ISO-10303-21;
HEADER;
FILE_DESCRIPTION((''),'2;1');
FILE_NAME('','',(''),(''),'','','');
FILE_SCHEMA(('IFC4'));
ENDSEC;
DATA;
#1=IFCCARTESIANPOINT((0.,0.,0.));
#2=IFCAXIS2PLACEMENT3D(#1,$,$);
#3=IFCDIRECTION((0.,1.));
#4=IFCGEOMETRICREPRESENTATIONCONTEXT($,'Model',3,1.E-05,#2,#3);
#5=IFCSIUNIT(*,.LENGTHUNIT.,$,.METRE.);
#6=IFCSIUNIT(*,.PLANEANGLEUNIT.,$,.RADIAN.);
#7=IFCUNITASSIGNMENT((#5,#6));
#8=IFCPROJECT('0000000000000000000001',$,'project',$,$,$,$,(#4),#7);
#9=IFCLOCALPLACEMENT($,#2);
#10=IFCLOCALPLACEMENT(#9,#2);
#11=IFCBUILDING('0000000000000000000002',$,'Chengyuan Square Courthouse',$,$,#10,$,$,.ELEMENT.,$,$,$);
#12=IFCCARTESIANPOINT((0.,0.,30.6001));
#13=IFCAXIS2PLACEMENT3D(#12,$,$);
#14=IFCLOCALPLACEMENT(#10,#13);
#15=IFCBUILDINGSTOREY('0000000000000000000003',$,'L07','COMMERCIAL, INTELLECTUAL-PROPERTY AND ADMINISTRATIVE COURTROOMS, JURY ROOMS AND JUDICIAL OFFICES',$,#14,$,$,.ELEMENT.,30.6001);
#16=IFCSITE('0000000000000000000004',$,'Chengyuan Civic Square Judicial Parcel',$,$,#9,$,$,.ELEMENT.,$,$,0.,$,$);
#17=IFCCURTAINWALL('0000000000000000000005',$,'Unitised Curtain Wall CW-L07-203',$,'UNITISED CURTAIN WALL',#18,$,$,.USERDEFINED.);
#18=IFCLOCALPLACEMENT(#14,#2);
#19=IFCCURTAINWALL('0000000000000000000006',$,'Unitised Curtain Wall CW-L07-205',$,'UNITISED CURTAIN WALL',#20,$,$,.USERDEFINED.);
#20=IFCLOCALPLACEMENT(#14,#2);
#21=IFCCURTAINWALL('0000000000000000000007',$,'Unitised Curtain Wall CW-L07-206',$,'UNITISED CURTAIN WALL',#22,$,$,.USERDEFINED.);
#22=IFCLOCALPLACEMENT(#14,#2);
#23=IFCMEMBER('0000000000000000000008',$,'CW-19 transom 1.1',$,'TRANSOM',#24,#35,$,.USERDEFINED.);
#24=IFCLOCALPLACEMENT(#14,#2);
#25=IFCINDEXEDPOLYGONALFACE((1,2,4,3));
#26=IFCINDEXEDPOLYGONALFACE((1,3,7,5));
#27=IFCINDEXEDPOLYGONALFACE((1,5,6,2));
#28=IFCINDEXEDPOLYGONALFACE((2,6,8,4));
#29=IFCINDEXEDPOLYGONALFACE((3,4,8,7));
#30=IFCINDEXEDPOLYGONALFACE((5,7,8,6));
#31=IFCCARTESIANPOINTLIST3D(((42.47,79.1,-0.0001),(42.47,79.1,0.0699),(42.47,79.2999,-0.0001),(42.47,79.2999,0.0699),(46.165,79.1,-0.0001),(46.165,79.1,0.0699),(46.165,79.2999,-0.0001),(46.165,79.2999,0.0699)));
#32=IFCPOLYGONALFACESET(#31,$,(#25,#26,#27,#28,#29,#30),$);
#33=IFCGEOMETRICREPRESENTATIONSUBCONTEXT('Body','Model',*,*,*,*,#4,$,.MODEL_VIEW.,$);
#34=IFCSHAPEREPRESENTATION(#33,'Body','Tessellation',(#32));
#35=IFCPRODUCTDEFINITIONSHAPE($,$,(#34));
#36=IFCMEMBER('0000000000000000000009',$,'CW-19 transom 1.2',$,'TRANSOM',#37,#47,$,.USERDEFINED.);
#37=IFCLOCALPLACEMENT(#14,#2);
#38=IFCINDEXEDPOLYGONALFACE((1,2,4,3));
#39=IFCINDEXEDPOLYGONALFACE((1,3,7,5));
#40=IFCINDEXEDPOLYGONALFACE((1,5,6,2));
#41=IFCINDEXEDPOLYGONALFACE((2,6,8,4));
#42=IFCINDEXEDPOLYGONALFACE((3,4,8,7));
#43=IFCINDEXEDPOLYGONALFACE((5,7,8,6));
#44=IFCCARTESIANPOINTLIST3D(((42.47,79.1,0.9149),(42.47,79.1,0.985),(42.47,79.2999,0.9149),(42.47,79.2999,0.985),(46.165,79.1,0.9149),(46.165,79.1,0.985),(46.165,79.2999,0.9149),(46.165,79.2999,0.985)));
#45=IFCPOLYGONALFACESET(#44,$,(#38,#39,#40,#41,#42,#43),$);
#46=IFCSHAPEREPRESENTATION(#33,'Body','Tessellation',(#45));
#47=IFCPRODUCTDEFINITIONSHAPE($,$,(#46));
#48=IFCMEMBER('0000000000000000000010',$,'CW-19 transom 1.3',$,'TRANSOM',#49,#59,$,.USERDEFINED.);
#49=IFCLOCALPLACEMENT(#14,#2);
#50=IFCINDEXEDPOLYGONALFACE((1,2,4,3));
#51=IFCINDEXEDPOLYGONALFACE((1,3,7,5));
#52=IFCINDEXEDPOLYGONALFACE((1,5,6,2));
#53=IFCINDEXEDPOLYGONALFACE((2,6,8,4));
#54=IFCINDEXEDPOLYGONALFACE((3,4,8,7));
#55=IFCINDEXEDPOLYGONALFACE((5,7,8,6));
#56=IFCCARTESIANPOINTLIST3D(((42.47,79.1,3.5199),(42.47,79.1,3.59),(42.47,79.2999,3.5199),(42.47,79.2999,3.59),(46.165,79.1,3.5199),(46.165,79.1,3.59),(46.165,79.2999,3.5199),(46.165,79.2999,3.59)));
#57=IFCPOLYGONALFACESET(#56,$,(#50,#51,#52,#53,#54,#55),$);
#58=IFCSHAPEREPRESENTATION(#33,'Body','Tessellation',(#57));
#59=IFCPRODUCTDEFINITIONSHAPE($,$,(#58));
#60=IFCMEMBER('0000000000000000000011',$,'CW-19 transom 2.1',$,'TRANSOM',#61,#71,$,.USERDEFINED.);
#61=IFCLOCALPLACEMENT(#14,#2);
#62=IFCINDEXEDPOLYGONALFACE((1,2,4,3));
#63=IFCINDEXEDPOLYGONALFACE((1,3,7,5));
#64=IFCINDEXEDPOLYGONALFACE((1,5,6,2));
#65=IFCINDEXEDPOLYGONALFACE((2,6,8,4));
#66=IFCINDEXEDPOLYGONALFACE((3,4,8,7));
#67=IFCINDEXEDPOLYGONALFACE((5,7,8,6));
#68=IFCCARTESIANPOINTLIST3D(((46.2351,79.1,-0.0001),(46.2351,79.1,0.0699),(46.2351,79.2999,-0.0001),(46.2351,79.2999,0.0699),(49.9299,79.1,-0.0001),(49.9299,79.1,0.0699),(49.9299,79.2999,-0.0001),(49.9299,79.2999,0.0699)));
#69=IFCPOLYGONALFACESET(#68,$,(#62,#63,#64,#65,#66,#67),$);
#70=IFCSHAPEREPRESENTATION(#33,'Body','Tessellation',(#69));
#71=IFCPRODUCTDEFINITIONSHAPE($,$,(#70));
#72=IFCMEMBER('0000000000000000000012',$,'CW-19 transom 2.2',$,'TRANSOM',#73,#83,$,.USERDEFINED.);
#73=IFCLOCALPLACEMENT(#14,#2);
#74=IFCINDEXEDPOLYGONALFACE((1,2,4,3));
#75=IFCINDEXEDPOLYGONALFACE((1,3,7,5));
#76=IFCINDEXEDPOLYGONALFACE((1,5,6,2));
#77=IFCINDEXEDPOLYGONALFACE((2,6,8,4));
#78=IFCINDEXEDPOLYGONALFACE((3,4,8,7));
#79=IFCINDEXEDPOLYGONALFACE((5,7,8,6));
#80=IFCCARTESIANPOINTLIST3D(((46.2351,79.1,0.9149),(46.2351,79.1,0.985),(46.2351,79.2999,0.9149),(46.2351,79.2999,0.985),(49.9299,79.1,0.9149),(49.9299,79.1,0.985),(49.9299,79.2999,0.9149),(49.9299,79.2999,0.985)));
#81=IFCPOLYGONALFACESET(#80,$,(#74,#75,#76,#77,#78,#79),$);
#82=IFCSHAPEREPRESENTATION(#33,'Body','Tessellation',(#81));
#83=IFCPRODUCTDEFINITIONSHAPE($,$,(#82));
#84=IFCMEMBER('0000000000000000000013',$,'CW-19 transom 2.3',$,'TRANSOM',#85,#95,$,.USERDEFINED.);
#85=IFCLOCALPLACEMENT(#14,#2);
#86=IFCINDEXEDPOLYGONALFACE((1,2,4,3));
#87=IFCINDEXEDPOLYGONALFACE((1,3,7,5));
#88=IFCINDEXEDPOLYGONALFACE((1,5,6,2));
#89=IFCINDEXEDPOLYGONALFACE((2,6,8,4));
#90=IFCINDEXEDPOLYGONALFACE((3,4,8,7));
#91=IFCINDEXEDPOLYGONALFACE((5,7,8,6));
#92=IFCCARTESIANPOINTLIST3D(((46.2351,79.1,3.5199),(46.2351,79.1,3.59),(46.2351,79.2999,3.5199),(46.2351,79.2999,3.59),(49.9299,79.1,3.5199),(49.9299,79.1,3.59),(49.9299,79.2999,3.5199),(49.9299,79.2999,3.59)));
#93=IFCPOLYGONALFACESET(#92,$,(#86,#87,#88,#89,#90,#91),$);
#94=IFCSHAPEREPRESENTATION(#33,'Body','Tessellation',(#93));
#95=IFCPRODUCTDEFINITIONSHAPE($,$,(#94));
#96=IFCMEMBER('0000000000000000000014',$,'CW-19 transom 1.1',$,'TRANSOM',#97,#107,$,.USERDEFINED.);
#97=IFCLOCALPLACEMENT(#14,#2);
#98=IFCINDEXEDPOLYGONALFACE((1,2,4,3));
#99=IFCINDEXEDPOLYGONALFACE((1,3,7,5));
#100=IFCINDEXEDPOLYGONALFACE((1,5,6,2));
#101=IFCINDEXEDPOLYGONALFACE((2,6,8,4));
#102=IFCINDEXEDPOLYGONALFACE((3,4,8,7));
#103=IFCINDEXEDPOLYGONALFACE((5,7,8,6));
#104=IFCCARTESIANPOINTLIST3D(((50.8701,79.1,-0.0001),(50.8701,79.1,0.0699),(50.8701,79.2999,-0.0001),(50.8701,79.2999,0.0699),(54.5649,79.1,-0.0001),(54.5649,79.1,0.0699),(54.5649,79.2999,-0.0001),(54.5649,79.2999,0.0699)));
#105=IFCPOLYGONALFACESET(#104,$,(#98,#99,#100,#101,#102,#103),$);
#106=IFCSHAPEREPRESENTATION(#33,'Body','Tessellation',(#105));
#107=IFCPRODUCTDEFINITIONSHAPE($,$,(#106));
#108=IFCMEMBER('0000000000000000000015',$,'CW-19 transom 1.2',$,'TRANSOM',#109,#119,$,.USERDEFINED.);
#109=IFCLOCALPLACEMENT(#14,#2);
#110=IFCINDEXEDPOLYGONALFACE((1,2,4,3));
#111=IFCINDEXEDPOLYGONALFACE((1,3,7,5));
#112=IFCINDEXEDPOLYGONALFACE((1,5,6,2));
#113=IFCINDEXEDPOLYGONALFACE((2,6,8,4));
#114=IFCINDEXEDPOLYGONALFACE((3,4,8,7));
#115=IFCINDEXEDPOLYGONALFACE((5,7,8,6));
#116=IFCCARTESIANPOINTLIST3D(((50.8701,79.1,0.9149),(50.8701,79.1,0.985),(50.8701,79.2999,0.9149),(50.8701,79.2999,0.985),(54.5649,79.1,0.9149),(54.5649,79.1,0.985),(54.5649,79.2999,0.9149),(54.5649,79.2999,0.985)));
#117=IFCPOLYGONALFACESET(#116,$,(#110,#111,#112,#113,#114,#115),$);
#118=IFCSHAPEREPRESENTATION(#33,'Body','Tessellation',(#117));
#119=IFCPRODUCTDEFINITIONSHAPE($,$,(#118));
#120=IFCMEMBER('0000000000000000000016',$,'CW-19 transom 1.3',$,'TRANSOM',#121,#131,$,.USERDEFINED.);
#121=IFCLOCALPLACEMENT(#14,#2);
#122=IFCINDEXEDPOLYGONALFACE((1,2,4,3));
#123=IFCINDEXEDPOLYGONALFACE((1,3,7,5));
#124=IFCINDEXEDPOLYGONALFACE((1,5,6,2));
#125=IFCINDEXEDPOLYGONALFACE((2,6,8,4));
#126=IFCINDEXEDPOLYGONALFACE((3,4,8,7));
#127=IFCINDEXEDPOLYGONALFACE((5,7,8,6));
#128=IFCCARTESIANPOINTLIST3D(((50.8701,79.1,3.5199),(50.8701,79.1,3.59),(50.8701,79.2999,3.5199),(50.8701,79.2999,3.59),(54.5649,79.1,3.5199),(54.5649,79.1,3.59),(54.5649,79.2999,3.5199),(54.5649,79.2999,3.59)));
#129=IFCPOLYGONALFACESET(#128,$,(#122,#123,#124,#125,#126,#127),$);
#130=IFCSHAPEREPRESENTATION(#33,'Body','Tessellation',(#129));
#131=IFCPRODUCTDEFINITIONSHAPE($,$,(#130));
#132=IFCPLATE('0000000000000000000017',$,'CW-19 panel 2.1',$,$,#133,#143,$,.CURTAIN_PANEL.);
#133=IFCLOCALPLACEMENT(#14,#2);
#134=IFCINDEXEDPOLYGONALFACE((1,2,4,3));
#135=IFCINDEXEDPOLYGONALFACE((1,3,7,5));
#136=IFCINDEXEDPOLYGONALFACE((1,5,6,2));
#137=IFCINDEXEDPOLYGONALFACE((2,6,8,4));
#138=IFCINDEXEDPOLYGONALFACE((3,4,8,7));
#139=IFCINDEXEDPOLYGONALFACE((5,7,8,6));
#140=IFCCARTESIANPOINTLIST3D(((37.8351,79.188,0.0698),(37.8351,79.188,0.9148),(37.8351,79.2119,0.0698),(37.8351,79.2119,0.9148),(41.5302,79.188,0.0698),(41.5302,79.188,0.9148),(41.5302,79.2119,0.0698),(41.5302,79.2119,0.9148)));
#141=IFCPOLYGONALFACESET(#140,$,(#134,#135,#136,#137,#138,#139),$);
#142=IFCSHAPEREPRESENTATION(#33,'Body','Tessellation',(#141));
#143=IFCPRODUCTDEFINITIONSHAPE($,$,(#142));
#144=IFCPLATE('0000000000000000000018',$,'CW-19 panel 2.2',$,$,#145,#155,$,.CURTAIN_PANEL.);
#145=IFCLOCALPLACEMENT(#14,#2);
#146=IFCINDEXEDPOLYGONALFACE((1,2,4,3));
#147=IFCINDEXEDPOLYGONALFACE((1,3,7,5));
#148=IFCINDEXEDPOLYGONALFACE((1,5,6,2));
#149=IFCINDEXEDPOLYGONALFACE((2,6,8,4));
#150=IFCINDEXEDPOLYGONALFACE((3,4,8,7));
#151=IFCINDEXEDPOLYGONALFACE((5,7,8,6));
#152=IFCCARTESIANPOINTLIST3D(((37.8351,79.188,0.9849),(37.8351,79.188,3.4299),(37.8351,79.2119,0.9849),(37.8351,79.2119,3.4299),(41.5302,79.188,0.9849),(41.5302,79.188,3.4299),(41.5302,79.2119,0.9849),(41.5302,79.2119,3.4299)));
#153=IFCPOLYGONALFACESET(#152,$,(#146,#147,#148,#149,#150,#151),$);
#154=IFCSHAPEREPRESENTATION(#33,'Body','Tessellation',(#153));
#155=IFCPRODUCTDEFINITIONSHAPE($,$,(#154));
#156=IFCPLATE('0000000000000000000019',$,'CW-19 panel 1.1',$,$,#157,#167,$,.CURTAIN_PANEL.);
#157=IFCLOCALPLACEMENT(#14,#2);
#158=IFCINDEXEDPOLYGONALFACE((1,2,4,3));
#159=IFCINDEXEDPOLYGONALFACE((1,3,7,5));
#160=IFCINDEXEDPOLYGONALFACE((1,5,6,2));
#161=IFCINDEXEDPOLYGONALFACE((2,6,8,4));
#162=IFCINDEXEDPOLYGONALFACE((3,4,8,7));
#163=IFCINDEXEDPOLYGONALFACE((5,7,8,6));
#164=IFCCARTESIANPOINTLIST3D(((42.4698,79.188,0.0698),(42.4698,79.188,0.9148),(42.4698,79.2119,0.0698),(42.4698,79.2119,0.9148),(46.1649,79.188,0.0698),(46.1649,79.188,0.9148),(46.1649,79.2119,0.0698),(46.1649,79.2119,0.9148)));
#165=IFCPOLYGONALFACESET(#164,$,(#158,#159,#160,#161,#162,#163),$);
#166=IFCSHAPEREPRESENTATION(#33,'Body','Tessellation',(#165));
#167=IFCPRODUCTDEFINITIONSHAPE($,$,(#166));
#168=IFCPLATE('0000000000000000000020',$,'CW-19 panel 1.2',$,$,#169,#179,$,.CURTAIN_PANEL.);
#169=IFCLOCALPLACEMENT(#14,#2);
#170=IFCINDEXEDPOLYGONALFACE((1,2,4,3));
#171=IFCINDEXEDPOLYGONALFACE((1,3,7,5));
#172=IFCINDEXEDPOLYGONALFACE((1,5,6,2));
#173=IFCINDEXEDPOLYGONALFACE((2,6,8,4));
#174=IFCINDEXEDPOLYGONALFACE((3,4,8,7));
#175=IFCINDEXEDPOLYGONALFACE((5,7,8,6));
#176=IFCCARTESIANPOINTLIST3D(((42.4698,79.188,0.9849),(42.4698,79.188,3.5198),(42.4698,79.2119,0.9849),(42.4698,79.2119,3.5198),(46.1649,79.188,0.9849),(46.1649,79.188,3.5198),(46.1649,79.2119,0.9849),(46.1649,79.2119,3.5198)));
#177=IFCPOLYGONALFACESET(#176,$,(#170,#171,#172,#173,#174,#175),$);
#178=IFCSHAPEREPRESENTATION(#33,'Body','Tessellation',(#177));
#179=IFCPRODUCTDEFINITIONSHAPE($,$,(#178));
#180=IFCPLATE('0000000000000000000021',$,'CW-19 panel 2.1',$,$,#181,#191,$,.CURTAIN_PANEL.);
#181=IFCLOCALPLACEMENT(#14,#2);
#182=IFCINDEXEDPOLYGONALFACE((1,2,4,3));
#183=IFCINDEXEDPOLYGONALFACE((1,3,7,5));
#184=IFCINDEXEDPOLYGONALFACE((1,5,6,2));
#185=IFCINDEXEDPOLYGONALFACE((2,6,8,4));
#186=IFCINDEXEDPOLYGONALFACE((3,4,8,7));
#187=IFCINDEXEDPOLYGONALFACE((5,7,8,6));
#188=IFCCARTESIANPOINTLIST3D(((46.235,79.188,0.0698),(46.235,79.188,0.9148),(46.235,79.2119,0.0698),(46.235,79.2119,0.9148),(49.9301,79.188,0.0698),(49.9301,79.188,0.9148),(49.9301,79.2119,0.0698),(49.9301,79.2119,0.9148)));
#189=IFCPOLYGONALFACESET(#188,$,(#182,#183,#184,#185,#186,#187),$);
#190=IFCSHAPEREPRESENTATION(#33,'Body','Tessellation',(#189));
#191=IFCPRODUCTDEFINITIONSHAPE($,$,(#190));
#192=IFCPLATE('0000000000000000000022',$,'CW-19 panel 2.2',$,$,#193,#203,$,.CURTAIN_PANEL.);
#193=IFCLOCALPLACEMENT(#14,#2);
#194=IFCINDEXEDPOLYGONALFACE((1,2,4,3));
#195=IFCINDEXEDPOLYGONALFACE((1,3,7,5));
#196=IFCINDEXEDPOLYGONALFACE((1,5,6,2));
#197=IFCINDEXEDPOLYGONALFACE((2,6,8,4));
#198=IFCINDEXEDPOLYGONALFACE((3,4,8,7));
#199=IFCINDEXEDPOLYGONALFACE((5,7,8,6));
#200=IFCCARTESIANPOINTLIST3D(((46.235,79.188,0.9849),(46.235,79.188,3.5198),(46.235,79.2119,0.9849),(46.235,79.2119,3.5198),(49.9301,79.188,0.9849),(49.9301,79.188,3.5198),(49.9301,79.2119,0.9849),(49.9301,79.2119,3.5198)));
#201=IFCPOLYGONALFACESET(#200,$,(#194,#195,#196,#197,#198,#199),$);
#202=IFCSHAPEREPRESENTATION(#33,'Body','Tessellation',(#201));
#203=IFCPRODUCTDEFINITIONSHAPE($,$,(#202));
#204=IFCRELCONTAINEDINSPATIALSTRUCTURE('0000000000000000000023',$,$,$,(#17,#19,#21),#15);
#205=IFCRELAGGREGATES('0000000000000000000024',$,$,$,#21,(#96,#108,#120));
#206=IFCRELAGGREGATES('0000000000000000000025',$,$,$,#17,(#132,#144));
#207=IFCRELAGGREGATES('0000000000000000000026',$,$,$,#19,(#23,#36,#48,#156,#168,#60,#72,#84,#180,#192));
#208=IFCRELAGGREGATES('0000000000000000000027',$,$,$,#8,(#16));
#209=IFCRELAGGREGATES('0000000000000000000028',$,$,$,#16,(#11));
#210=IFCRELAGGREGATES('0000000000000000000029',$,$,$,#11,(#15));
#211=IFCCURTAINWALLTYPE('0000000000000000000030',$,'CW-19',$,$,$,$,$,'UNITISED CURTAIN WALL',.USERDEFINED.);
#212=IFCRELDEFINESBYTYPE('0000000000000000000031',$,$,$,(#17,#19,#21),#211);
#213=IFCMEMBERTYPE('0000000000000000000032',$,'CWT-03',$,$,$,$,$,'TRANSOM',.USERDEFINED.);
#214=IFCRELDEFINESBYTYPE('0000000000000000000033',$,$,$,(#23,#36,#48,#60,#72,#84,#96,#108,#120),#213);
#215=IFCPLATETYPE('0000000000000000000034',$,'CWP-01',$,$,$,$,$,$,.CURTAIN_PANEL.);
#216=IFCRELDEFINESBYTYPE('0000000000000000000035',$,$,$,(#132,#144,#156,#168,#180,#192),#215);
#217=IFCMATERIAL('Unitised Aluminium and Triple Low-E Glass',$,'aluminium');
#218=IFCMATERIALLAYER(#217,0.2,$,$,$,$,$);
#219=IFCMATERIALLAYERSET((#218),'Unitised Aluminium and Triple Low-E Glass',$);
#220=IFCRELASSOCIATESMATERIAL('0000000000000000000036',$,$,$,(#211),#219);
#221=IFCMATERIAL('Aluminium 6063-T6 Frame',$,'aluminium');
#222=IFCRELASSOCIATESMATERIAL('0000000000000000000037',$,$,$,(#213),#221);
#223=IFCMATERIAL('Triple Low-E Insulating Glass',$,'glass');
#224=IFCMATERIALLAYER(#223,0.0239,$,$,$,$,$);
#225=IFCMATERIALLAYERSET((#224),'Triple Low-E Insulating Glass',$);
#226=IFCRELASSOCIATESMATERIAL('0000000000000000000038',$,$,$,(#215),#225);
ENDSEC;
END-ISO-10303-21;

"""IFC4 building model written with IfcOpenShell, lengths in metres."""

from ifc_helpers import new_model, si_unit, direction, frame, origin, origin_2d, place, context, subcontext, project, spatial, rectangle, extrude, material, layer, layer_set, material_profile, profile_set, type_object, element, aggregate, save


model = new_model("IFC4")

# Units and contexts
model_context = context("Model", 3, precision=1e-05, world=origin(), true_north=direction((0.0, 1.0)))
body_context = subcontext(model_context, "Body", "Model", "MODEL_VIEW")
ifc_project = project(units=[si_unit("LENGTHUNIT", "METRE"), si_unit("PLANEANGLEUNIT", "RADIAN")], contexts=[model_context])

# Site, building, storey
site_placement = place(None, origin())
site = spatial("IfcSite", under=ifc_project, at=site_placement, Name="Chengyuan Civic Square Judicial Parcel", CompositionType="ELEMENT", RefElevation=0.0)
building_placement = place(site_placement, origin())
building = spatial("IfcBuilding", under=site, at=building_placement, Name="Chengyuan Square Courthouse", CompositionType="ELEMENT")
storey_placement = place(building_placement, frame((0.0, 0.0, 30.6001)))
storey = spatial("IfcBuildingStorey", under=building, at=storey_placement, Name="L07", Description="COMMERCIAL, INTELLECTUAL-PROPERTY AND ADMINISTRATIVE COURTROOMS, JURY ROOMS AND JUDICIAL OFFICES", CompositionType="ELEMENT", Elevation=30.6001)

# Curtain wall
ifc_material_1 = material(Name="Unitised Aluminium and Triple Low-E Glass", Category="aluminium")
ifc_layer_1 = layer(ifc_material_1, 0.2)
ifc_layer_set_1 = layer_set([ifc_layer_1], Name="Unitised Aluminium and Triple Low-E Glass")
curtain_wall_type = type_object("IfcCurtainWallType", Name="CW-19", ElementType="UNITISED CURTAIN WALL", PredefinedType="USERDEFINED", material=ifc_layer_set_1)
curtain_wall_1_placement = place(storey_placement, origin())
curtain_wall_1 = element("IfcCurtainWall", 1, at=curtain_wall_1_placement, inside=storey, type_object=curtain_wall_type, Name="Unitised Curtain Wall CW-L07-203", ObjectType="UNITISED CURTAIN WALL", PredefinedType="USERDEFINED")
ifc_material_2 = material(Name="Aluminium 6063-T6 Frame", Category="aluminium")

# Curtain wall
curtain_wall_2_placement = place(storey_placement, origin())
curtain_wall_2 = element("IfcCurtainWall", 2, at=curtain_wall_2_placement, inside=storey, type_object=curtain_wall_type, Name="Unitised Curtain Wall CW-L07-205", ObjectType="UNITISED CURTAIN WALL", PredefinedType="USERDEFINED")

# Curtain wall
curtain_wall_3_placement = place(storey_placement, origin())
curtain_wall_3 = element("IfcCurtainWall", 3, at=curtain_wall_3_placement, inside=storey, type_object=curtain_wall_type, Name="Unitised Curtain Wall CW-L07-206", ObjectType="UNITISED CURTAIN WALL", PredefinedType="USERDEFINED")

# Members
ifc_material_profile_1 = material_profile(ifc_material_2, rectangle(XDim=0.2, YDim=0.0701, at=origin_2d()), Name="CW-TRN-70x160")
ifc_profile_set_1 = profile_set([ifc_material_profile_1], Name="Aluminium 6063-T6 Frame")
member_type_1 = type_object("IfcMemberType", Name="CWT-03", ElementType="TRANSOM", PredefinedType="USERDEFINED", material=ifc_profile_set_1)
member_1_placement = place(storey_placement, frame((42.47, 79.2, 0.0349), z_axis=(1.0, 0.0, 0.0), x_axis=(0.0, 1.0, 0.0)))
member_1 = element("IfcMember", 4, at=member_1_placement, type_object=member_type_1, Name="CW-19 transom 1.1", ObjectType="TRANSOM", PredefinedType="USERDEFINED", context=body_context, shape_type="SweptSolid", body=[
    extrude(rectangle(XDim=0.2, YDim=0.0701, at=origin_2d()), origin(), (0.0, 0.0, 1.0), 3.6951),
])
member_2_placement = place(storey_placement, frame((42.47, 79.2, 0.95), z_axis=(1.0, 0.0, 0.0), x_axis=(0.0, 1.0, 0.0)))
member_2 = element("IfcMember", 5, at=member_2_placement, type_object=member_type_1, Name="CW-19 transom 1.2", ObjectType="TRANSOM", PredefinedType="USERDEFINED", context=body_context, shape_type="SweptSolid", body=[
    extrude(rectangle(XDim=0.2, YDim=0.0701, at=origin_2d()), origin(), (0.0, 0.0, 1.0), 3.6951),
])
member_3_placement = place(storey_placement, frame((42.47, 79.2, 3.5549), z_axis=(1.0, 0.0, 0.0), x_axis=(0.0, 1.0, 0.0)))
member_3 = element("IfcMember", 6, at=member_3_placement, type_object=member_type_1, Name="CW-19 transom 1.3", ObjectType="TRANSOM", PredefinedType="USERDEFINED", context=body_context, shape_type="SweptSolid", body=[
    extrude(rectangle(XDim=0.2, YDim=0.0701, at=origin_2d()), origin(), (0.0, 0.0, 1.0), 3.6951),
])
member_4_placement = place(storey_placement, frame((46.2351, 79.2, 0.0349), z_axis=(1.0, 0.0, 0.0), x_axis=(0.0, 1.0, 0.0)))
member_4 = element("IfcMember", 7, at=member_4_placement, type_object=member_type_1, Name="CW-19 transom 2.1", ObjectType="TRANSOM", PredefinedType="USERDEFINED", context=body_context, shape_type="SweptSolid", body=[
    extrude(rectangle(XDim=0.2, YDim=0.0701, at=origin_2d()), origin(), (0.0, 0.0, 1.0), 3.6948),
])
member_5_placement = place(storey_placement, frame((46.2351, 79.2, 0.95), z_axis=(1.0, 0.0, 0.0), x_axis=(0.0, 1.0, 0.0)))
member_5 = element("IfcMember", 8, at=member_5_placement, type_object=member_type_1, Name="CW-19 transom 2.2", ObjectType="TRANSOM", PredefinedType="USERDEFINED", context=body_context, shape_type="SweptSolid", body=[
    extrude(rectangle(XDim=0.2, YDim=0.0701, at=origin_2d()), origin(), (0.0, 0.0, 1.0), 3.6948),
])
member_6_placement = place(storey_placement, frame((46.2351, 79.2, 3.5549), z_axis=(1.0, 0.0, 0.0), x_axis=(0.0, 1.0, 0.0)))
member_6 = element("IfcMember", 9, at=member_6_placement, type_object=member_type_1, Name="CW-19 transom 2.3", ObjectType="TRANSOM", PredefinedType="USERDEFINED", context=body_context, shape_type="SweptSolid", body=[
    extrude(rectangle(XDim=0.2, YDim=0.0701, at=origin_2d()), origin(), (0.0, 0.0, 1.0), 3.6948),
])
member_7_placement = place(storey_placement, frame((50.8701, 79.2, 0.0349), z_axis=(1.0, 0.0, 0.0), x_axis=(0.0, 1.0, 0.0)))
member_7 = element("IfcMember", 10, at=member_7_placement, type_object=member_type_1, Name="CW-19 transom 1.1", ObjectType="TRANSOM", PredefinedType="USERDEFINED", context=body_context, shape_type="SweptSolid", body=[
    extrude(rectangle(XDim=0.2, YDim=0.0701, at=origin_2d()), origin(), (0.0, 0.0, 1.0), 3.6948),
])
member_8_placement = place(storey_placement, frame((50.8701, 79.2, 0.95), z_axis=(1.0, 0.0, 0.0), x_axis=(0.0, 1.0, 0.0)))
member_8 = element("IfcMember", 11, at=member_8_placement, type_object=member_type_1, Name="CW-19 transom 1.2", ObjectType="TRANSOM", PredefinedType="USERDEFINED", context=body_context, shape_type="SweptSolid", body=[
    extrude(rectangle(XDim=0.2, YDim=0.0701, at=origin_2d()), origin(), (0.0, 0.0, 1.0), 3.6948),
])
member_9_placement = place(storey_placement, frame((50.8701, 79.2, 3.5549), z_axis=(1.0, 0.0, 0.0), x_axis=(0.0, 1.0, 0.0)))
member_9 = element("IfcMember", 12, at=member_9_placement, type_object=member_type_1, Name="CW-19 transom 1.3", ObjectType="TRANSOM", PredefinedType="USERDEFINED", context=body_context, shape_type="SweptSolid", body=[
    extrude(rectangle(XDim=0.2, YDim=0.0701, at=origin_2d()), origin(), (0.0, 0.0, 1.0), 3.6948),
])
aggregate(curtain_wall_3, [member_7, member_8, member_9])

# Plates
ifc_material_3 = material(Name="Triple Low-E Insulating Glass", Category="glass")
ifc_layer_2 = layer(ifc_material_3, 0.0239)
ifc_layer_set_2 = layer_set([ifc_layer_2], Name="Triple Low-E Insulating Glass")
plate_type = type_object("IfcPlateType", Name="CWP-01", PredefinedType="CURTAIN_PANEL", material=ifc_layer_set_2)
plate_1_placement = place(storey_placement, frame((39.6826, 79.2, 0.0698), z_axis=(0.0, 0.0, 1.0), x_axis=(1.0, 0.0, 0.0)))
plate_1 = element("IfcPlate", 13, at=plate_1_placement, type_object=plate_type, Name="CW-19 panel 2.1", PredefinedType="CURTAIN_PANEL", context=body_context, shape_type="SweptSolid", body=[
    extrude(rectangle(XDim=3.6951, YDim=0.0239, at=origin_2d()), origin(), (0.0, 0.0, 1.0), 0.845),
])
plate_2_placement = place(storey_placement, frame((39.6826, 79.2, 0.9849), z_axis=(0.0, 0.0, 1.0), x_axis=(1.0, 0.0, 0.0)))
plate_2 = element("IfcPlate", 14, at=plate_2_placement, type_object=plate_type, Name="CW-19 panel 2.2", PredefinedType="CURTAIN_PANEL", context=body_context, shape_type="SweptSolid", body=[
    extrude(rectangle(XDim=3.6951, YDim=0.0239, at=origin_2d()), origin(), (0.0, 0.0, 1.0), 2.4451),
])
aggregate(curtain_wall_1, [plate_1, plate_2])
plate_3_placement = place(storey_placement, frame((44.3174, 79.2, 0.0698), z_axis=(0.0, 0.0, 1.0), x_axis=(1.0, 0.0, 0.0)))
plate_3 = element("IfcPlate", 15, at=plate_3_placement, type_object=plate_type, Name="CW-19 panel 1.1", PredefinedType="CURTAIN_PANEL", context=body_context, shape_type="SweptSolid", body=[
    extrude(rectangle(XDim=3.6951, YDim=0.0239, at=origin_2d()), origin(), (0.0, 0.0, 1.0), 0.845),
])
plate_4_placement = place(storey_placement, frame((44.3174, 79.2, 0.9849), z_axis=(0.0, 0.0, 1.0), x_axis=(1.0, 0.0, 0.0)))
plate_4 = element("IfcPlate", 16, at=plate_4_placement, type_object=plate_type, Name="CW-19 panel 1.2", PredefinedType="CURTAIN_PANEL", context=body_context, shape_type="SweptSolid", body=[
    extrude(rectangle(XDim=3.6951, YDim=0.0239, at=origin_2d()), origin(), (0.0, 0.0, 1.0), 2.5349),
])
plate_5_placement = place(storey_placement, frame((48.0825, 79.2, 0.0698), z_axis=(0.0, 0.0, 1.0), x_axis=(1.0, 0.0, 0.0)))
plate_5 = element("IfcPlate", 17, at=plate_5_placement, type_object=plate_type, Name="CW-19 panel 2.1", PredefinedType="CURTAIN_PANEL", context=body_context, shape_type="SweptSolid", body=[
    extrude(rectangle(XDim=3.6951, YDim=0.0239, at=origin_2d()), origin(), (0.0, 0.0, 1.0), 0.845),
])
plate_6_placement = place(storey_placement, frame((48.0825, 79.2, 0.9849), z_axis=(0.0, 0.0, 1.0), x_axis=(1.0, 0.0, 0.0)))
plate_6 = element("IfcPlate", 18, at=plate_6_placement, type_object=plate_type, Name="CW-19 panel 2.2", PredefinedType="CURTAIN_PANEL", context=body_context, shape_type="SweptSolid", body=[
    extrude(rectangle(XDim=3.6951, YDim=0.0239, at=origin_2d()), origin(), (0.0, 0.0, 1.0), 2.5349),
])
aggregate(curtain_wall_2, [member_1, member_2, member_3, plate_3, plate_4, member_4, member_5, member_6, plate_5, plate_6])

save(model, "model.ifc")
